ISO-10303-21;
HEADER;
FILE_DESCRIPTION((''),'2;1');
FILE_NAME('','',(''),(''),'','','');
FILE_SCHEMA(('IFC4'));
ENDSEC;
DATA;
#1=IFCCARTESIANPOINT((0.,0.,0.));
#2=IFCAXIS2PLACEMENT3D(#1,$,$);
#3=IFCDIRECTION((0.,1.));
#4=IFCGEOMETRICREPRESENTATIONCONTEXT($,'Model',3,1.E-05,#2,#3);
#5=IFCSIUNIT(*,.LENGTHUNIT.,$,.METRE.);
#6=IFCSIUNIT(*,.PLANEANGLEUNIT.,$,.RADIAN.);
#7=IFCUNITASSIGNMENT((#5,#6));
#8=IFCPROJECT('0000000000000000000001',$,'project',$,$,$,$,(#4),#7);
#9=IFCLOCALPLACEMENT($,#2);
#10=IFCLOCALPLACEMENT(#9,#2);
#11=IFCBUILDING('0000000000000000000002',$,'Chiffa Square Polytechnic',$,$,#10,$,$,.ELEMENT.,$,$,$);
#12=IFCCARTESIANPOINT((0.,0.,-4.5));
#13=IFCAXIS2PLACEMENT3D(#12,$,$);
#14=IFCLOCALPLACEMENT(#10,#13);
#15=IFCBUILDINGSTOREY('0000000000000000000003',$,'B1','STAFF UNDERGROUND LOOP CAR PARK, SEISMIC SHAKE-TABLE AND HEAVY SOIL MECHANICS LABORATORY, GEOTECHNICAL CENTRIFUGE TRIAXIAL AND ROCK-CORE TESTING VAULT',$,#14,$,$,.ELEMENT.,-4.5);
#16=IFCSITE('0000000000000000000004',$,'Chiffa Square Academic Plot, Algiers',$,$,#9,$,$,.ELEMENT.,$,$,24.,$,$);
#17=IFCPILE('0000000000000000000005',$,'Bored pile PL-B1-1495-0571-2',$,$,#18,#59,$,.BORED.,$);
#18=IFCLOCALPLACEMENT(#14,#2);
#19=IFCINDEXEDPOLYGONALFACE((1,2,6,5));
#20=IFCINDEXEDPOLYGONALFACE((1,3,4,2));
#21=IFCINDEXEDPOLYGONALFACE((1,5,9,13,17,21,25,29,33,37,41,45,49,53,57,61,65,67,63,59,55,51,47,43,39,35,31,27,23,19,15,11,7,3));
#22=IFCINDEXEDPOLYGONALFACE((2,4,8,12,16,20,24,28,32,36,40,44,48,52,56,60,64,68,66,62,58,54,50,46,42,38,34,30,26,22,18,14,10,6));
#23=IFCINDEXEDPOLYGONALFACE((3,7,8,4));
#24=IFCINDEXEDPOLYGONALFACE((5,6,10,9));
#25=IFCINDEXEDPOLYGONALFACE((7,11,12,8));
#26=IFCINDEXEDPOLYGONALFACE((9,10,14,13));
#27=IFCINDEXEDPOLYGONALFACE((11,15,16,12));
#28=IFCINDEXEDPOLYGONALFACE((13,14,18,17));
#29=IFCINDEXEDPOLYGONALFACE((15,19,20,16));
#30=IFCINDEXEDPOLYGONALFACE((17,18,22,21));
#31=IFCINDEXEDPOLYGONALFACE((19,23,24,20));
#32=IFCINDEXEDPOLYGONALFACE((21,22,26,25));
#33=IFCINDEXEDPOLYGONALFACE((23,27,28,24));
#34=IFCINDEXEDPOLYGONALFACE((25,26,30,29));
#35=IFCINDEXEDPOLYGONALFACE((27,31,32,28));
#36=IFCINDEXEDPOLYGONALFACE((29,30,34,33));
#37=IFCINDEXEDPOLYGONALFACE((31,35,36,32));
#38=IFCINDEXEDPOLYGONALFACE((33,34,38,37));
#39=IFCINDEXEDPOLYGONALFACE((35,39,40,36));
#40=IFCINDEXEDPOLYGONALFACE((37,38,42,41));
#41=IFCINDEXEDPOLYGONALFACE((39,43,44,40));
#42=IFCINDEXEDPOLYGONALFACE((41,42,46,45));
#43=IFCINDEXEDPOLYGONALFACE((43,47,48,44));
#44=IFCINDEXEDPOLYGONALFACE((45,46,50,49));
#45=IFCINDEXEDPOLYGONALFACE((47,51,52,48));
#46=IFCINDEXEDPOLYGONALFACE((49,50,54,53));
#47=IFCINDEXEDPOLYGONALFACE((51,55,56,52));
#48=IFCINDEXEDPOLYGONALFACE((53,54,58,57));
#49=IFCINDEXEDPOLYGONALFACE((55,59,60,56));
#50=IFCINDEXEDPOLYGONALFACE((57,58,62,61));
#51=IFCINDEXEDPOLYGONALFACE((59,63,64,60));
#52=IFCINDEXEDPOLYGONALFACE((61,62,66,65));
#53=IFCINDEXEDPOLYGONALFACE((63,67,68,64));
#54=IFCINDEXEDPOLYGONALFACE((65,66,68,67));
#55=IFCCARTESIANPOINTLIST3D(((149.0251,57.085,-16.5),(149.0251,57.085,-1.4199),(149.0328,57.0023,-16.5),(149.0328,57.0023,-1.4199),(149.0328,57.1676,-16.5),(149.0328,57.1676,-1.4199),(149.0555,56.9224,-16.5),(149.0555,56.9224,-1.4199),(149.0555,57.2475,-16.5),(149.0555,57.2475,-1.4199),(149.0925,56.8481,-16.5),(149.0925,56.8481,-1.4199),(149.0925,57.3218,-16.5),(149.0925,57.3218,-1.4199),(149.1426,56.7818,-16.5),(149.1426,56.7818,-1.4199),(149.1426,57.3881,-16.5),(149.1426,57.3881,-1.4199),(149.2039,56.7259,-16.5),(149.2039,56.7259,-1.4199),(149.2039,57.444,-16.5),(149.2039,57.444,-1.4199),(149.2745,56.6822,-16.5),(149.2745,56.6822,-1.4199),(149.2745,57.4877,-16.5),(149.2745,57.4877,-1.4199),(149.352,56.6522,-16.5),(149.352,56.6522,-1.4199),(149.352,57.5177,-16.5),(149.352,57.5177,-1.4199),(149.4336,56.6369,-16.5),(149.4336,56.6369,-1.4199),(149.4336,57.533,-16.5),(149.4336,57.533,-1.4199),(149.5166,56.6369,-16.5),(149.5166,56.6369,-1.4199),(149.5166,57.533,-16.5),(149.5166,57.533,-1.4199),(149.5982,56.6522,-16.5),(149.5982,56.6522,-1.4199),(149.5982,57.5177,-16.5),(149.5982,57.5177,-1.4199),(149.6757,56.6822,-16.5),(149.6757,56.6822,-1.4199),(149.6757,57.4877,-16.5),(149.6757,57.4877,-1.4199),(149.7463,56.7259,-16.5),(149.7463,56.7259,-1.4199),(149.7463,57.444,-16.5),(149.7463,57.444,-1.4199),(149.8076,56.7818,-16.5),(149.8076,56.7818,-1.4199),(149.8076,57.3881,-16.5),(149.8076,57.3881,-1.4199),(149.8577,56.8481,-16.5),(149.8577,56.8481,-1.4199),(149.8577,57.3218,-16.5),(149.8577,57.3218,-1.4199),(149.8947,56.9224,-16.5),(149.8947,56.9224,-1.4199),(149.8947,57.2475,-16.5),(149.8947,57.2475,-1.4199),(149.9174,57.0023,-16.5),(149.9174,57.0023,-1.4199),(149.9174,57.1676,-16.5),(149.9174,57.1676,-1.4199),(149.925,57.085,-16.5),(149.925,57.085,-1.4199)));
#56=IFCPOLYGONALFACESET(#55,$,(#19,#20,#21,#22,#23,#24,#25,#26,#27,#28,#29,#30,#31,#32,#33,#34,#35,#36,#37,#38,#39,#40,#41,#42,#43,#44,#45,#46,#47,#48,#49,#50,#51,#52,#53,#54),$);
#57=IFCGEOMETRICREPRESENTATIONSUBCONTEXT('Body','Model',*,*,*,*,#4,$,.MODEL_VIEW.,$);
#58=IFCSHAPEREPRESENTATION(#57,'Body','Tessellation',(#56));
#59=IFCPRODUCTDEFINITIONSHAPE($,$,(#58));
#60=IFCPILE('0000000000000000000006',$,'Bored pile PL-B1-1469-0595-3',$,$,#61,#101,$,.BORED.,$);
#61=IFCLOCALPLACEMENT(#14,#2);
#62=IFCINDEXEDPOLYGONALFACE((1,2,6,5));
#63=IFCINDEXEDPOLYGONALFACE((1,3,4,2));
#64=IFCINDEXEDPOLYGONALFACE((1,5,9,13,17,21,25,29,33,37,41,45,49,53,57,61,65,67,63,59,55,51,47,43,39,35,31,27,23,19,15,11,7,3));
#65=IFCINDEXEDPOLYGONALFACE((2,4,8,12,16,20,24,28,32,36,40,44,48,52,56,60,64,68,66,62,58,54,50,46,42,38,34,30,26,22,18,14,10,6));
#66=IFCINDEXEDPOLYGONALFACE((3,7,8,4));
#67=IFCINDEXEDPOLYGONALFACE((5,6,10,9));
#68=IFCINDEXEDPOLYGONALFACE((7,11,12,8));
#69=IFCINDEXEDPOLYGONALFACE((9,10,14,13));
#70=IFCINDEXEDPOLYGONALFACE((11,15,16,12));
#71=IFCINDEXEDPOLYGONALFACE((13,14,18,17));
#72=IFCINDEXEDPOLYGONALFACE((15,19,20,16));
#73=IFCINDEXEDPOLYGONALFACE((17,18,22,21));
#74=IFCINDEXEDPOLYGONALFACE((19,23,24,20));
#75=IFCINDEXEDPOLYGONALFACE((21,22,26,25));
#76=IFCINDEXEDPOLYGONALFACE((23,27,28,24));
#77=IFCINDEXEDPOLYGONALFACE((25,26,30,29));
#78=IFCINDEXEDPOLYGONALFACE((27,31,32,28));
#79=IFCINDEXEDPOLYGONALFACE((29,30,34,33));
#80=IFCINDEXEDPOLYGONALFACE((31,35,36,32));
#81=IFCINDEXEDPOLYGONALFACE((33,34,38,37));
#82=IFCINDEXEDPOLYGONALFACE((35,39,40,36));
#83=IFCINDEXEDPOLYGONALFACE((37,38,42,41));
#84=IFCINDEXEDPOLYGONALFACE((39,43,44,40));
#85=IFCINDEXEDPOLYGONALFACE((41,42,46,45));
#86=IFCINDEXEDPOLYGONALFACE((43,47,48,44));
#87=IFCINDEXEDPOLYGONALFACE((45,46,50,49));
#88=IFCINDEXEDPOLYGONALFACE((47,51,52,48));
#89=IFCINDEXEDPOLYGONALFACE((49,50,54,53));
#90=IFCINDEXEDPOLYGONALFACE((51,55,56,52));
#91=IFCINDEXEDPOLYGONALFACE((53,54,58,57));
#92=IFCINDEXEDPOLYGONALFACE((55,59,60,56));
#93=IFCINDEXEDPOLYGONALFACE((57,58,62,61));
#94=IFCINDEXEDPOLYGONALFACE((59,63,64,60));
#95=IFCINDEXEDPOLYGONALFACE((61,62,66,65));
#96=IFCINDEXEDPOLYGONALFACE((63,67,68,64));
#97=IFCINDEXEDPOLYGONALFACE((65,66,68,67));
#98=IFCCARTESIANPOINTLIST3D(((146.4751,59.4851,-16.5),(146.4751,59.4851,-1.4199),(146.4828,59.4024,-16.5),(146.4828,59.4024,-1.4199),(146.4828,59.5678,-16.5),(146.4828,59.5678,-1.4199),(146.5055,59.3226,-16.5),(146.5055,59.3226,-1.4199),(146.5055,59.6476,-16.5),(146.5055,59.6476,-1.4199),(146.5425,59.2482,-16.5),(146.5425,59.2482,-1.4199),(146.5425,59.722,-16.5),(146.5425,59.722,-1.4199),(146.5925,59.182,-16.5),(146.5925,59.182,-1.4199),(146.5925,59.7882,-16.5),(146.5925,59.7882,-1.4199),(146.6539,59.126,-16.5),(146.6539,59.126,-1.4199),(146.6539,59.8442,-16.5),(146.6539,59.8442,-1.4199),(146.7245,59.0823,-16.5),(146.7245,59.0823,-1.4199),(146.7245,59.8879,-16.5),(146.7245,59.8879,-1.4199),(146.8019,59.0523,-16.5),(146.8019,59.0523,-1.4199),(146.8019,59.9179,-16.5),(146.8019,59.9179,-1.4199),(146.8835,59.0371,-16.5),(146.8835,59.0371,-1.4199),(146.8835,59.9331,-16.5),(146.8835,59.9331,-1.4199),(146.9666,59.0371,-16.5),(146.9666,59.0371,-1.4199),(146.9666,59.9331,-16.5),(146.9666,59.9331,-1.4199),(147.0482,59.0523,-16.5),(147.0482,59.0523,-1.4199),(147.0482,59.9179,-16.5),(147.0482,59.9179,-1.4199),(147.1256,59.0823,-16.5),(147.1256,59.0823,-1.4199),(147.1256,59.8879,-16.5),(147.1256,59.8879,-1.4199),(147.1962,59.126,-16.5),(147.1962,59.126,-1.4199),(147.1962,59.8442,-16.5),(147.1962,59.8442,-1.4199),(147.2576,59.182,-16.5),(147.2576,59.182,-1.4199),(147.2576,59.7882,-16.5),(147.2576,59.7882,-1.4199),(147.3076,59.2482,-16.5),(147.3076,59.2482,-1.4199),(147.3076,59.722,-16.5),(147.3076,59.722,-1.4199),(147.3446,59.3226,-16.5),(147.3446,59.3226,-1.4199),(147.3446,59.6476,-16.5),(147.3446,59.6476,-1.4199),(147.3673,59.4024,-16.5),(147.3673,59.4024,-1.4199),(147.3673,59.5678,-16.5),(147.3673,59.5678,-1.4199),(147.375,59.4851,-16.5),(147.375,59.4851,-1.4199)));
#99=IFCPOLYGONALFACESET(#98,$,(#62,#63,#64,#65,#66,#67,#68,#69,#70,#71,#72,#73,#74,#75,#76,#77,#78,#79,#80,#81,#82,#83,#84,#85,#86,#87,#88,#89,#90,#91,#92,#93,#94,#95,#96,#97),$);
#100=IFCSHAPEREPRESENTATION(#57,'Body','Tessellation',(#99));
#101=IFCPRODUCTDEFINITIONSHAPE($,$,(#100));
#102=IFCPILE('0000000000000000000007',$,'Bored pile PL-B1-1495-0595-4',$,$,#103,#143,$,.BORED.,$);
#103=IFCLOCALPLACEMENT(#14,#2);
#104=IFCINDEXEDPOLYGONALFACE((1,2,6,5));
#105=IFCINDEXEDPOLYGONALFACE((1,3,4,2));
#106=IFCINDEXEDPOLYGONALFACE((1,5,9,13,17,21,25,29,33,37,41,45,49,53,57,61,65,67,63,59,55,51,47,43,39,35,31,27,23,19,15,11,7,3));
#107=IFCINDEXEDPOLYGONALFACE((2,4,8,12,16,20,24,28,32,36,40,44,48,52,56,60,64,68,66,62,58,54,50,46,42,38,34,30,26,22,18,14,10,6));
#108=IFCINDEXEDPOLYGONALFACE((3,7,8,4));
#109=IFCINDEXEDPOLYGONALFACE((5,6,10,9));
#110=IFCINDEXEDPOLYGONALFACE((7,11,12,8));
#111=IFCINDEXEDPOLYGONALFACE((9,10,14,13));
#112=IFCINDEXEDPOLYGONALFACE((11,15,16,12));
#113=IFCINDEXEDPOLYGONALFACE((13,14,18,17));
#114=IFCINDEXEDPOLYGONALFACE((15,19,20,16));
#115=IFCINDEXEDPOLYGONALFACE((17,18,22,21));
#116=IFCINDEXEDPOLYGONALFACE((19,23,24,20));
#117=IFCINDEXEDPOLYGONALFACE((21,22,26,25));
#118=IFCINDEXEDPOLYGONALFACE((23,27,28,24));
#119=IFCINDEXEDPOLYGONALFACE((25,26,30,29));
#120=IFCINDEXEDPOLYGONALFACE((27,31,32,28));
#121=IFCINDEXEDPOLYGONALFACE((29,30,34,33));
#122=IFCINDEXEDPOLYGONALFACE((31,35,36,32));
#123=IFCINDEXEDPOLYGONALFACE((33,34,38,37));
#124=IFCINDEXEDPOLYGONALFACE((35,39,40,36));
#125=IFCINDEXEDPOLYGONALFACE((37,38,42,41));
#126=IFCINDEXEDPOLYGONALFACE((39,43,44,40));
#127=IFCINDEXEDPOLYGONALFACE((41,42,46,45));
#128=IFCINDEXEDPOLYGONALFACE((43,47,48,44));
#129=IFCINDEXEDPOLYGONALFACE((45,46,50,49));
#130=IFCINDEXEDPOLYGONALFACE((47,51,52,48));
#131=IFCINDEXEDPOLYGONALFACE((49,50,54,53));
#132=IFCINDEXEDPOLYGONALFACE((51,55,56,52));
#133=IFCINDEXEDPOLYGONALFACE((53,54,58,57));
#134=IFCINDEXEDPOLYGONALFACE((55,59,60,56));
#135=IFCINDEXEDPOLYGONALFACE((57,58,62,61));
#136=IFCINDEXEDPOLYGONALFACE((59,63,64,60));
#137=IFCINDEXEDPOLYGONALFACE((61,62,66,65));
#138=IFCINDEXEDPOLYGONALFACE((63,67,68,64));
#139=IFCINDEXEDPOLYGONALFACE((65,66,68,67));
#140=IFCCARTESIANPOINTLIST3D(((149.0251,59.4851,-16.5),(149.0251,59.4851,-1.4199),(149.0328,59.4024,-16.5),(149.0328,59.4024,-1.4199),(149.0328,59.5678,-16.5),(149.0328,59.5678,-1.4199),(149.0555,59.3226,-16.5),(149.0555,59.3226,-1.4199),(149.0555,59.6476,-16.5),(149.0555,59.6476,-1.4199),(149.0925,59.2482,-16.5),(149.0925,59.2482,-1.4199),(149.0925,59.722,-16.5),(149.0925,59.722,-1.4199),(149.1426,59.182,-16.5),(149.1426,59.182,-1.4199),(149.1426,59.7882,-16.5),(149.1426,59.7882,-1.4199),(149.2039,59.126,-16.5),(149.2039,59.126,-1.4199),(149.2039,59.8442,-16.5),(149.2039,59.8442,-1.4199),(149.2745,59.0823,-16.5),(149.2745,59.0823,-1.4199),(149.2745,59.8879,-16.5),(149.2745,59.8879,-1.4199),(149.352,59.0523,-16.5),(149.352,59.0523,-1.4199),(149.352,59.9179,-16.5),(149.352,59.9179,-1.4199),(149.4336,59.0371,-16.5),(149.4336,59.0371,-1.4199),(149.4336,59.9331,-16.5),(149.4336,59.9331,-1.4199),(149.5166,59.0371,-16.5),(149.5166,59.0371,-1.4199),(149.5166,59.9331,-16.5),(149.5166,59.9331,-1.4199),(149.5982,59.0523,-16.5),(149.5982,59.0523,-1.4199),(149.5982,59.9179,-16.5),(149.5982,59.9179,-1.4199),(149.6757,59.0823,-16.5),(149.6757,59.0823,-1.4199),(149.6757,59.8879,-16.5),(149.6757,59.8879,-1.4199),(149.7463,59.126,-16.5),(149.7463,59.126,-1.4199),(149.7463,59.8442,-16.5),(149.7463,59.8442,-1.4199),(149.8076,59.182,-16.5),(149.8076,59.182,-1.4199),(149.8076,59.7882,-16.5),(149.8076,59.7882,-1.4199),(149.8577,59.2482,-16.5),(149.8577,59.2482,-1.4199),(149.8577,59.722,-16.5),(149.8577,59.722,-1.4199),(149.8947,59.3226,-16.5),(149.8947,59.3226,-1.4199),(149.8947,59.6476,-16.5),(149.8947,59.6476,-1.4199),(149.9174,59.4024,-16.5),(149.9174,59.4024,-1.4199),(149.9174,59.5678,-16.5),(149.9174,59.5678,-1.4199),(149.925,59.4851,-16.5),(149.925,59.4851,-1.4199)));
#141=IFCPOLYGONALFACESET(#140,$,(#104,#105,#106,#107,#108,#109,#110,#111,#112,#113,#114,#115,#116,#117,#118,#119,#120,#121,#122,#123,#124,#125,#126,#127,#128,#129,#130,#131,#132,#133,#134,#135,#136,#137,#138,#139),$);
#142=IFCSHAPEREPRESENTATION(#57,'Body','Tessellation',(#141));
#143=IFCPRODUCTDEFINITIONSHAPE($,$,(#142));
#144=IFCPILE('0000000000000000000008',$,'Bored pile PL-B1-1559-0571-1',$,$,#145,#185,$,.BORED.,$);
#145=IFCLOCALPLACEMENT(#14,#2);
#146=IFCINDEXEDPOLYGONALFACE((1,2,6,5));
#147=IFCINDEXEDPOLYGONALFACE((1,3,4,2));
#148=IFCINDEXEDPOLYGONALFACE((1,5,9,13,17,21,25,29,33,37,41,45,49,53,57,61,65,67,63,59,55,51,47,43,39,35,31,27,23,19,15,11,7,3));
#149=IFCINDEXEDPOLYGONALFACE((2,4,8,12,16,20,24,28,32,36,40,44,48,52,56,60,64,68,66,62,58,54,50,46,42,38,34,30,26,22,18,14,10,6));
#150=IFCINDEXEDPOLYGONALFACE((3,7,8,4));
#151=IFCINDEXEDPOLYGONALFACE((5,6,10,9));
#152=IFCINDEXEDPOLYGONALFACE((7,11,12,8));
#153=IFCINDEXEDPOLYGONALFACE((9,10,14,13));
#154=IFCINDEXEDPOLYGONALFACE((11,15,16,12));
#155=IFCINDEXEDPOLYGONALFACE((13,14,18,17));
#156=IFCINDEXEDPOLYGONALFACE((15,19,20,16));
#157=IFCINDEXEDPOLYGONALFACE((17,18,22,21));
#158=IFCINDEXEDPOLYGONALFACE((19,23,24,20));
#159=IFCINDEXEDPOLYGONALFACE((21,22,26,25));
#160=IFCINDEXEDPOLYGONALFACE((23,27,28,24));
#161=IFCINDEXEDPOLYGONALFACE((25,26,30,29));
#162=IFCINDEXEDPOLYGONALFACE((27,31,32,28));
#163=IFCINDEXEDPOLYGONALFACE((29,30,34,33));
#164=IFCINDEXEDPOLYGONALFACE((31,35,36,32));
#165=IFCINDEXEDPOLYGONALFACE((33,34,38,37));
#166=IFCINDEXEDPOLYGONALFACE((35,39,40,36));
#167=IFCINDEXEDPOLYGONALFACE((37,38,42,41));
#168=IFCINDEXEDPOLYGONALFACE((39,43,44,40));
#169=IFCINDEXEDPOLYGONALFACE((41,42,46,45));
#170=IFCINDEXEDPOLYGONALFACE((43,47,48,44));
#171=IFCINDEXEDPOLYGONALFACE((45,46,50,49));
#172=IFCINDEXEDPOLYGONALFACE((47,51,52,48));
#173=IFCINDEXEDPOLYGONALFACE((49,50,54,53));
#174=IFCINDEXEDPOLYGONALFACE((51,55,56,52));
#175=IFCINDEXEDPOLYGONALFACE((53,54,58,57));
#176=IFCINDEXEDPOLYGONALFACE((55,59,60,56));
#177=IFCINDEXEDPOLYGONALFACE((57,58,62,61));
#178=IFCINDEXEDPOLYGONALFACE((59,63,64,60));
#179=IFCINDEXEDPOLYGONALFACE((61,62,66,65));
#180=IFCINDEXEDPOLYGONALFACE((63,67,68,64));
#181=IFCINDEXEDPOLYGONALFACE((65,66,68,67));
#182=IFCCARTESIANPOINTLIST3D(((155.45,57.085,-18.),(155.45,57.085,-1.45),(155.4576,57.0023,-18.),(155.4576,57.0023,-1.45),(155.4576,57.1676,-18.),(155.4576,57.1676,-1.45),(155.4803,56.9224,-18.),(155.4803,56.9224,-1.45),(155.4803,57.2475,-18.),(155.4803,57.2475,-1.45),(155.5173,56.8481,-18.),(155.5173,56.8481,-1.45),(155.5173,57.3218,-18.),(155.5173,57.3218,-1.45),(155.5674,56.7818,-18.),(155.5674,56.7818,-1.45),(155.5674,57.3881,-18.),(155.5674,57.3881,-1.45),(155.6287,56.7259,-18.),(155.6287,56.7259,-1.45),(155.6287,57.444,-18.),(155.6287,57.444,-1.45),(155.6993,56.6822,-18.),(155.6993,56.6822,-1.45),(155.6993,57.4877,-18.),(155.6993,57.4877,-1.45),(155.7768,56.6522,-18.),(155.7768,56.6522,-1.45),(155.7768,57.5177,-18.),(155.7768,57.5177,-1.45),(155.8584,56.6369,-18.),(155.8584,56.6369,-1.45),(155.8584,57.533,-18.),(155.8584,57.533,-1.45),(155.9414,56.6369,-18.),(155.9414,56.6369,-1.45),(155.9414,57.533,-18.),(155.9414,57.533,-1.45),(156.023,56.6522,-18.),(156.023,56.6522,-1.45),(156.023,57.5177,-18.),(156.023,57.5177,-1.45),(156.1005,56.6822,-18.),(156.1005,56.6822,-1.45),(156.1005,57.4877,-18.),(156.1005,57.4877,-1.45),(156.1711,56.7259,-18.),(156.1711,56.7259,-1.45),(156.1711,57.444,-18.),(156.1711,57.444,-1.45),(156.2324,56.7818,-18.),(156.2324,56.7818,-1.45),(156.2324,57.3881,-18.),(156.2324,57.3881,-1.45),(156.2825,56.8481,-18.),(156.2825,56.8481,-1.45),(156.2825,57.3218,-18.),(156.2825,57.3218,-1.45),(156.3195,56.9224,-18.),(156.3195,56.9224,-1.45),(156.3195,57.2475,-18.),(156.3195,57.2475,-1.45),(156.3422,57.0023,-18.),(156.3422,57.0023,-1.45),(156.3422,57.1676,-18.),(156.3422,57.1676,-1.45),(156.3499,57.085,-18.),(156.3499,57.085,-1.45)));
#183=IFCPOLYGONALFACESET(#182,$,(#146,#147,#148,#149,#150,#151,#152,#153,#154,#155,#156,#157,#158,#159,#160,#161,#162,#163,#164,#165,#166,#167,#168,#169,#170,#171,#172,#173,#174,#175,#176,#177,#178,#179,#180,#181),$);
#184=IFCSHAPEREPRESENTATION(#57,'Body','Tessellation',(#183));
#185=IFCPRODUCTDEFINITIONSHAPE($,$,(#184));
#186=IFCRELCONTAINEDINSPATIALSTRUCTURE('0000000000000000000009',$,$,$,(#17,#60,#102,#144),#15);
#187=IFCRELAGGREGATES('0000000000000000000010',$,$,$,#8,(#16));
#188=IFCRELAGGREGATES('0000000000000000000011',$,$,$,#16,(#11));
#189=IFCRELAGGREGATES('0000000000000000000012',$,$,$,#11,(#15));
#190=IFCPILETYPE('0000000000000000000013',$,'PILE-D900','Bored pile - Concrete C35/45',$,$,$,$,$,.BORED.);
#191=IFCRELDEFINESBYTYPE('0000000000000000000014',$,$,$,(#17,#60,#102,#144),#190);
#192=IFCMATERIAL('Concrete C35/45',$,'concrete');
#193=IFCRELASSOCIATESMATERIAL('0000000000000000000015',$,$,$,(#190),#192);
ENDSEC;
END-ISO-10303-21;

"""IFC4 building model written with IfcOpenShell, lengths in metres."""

from ifc_helpers import new_model, si_unit, direction, frame, origin, origin_2d, place, context, subcontext, project, spatial, circle, extrude, material, material_profile, profile_set, type_object, element, save


model = new_model("IFC4")

# Units and contexts
model_context = context("Model", 3, precision=1e-05, world=origin(), true_north=direction((0.0, 1.0)))
body_context = subcontext(model_context, "Body", "Model", "MODEL_VIEW")
ifc_project = project(units=[si_unit("LENGTHUNIT", "METRE"), si_unit("PLANEANGLEUNIT", "RADIAN")], contexts=[model_context])

# Site, building, storey
site_placement = place(None, origin())
site = spatial("IfcSite", under=ifc_project, at=site_placement, Name="Chiffa Square Academic Plot, Algiers", CompositionType="ELEMENT", RefElevation=24.0)
building_placement = place(site_placement, origin())
building = spatial("IfcBuilding", under=site, at=building_placement, Name="Chiffa Square Polytechnic", CompositionType="ELEMENT")
storey_placement = place(building_placement, frame((0.0, 0.0, -4.5)))
storey = spatial("IfcBuildingStorey", under=building, at=storey_placement, Name="B1", Description="STAFF UNDERGROUND LOOP CAR PARK, SEISMIC SHAKE-TABLE AND HEAVY SOIL MECHANICS LABORATORY, GEOTECHNICAL CENTRIFUGE TRIAXIAL AND ROCK-CORE TESTING VAULT", CompositionType="ELEMENT", Elevation=-4.5)

# Shared definitions
ifc_material_1 = material(Name="Concrete C35/45", Category="concrete")

# Piles
ifc_material_profile_1 = material_profile(ifc_material_1, circle(Radius=0.45, at=origin_2d()), Name="PILE D900")
ifc_profile_set_1 = profile_set([ifc_material_profile_1], Name="Concrete C35/45")
pile_type = type_object("IfcPileType", Name="PILE-D900", Description="Bored pile - Concrete C35/45", PredefinedType="BORED", material=ifc_profile_set_1)
for number, where, z_axis, x_axis, name in (
    (1, (149.4751, 57.085, -1.4199), (0.0, 0.0, -1.0), (1.0, 0.0, 0.0), "Bored pile PL-B1-1495-0571-2"),
    (2, (146.925, 59.4851, -1.4199), (0.0, 0.0, -1.0), (1.0, 0.0, 0.0), "Bored pile PL-B1-1469-0595-3"),
    (3, (149.4751, 59.4851, -1.4199), (0.0, 0.0, -1.0), (1.0, 0.0, 0.0), "Bored pile PL-B1-1495-0595-4"),
):
    element("IfcPile", number, at=place(storey_placement, frame(where, z_axis=z_axis, x_axis=x_axis)), inside=storey, type_object=pile_type, Name=name, PredefinedType="BORED", context=body_context, shape_type="SweptSolid", body=[
        extrude(circle(Radius=0.45, at=origin_2d()), origin(), (0.0, 0.0, 1.0), 15.0801),
    ])
for number, where, z_axis, x_axis, name in (
    (4, (155.8999, 57.085, -1.45), (0.0, 0.0, -1.0), (1.0, 0.0, 0.0), "Bored pile PL-B1-1559-0571-1"),
):
    element("IfcPile", number, at=place(storey_placement, frame(where, z_axis=z_axis, x_axis=x_axis)), inside=storey, type_object=pile_type, Name=name, PredefinedType="BORED", context=body_context, shape_type="SweptSolid", body=[
        extrude(circle(Radius=0.45, at=origin_2d()), origin(), (0.0, 0.0, 1.0), 16.55),
    ])

save(model, "model.ifc")
